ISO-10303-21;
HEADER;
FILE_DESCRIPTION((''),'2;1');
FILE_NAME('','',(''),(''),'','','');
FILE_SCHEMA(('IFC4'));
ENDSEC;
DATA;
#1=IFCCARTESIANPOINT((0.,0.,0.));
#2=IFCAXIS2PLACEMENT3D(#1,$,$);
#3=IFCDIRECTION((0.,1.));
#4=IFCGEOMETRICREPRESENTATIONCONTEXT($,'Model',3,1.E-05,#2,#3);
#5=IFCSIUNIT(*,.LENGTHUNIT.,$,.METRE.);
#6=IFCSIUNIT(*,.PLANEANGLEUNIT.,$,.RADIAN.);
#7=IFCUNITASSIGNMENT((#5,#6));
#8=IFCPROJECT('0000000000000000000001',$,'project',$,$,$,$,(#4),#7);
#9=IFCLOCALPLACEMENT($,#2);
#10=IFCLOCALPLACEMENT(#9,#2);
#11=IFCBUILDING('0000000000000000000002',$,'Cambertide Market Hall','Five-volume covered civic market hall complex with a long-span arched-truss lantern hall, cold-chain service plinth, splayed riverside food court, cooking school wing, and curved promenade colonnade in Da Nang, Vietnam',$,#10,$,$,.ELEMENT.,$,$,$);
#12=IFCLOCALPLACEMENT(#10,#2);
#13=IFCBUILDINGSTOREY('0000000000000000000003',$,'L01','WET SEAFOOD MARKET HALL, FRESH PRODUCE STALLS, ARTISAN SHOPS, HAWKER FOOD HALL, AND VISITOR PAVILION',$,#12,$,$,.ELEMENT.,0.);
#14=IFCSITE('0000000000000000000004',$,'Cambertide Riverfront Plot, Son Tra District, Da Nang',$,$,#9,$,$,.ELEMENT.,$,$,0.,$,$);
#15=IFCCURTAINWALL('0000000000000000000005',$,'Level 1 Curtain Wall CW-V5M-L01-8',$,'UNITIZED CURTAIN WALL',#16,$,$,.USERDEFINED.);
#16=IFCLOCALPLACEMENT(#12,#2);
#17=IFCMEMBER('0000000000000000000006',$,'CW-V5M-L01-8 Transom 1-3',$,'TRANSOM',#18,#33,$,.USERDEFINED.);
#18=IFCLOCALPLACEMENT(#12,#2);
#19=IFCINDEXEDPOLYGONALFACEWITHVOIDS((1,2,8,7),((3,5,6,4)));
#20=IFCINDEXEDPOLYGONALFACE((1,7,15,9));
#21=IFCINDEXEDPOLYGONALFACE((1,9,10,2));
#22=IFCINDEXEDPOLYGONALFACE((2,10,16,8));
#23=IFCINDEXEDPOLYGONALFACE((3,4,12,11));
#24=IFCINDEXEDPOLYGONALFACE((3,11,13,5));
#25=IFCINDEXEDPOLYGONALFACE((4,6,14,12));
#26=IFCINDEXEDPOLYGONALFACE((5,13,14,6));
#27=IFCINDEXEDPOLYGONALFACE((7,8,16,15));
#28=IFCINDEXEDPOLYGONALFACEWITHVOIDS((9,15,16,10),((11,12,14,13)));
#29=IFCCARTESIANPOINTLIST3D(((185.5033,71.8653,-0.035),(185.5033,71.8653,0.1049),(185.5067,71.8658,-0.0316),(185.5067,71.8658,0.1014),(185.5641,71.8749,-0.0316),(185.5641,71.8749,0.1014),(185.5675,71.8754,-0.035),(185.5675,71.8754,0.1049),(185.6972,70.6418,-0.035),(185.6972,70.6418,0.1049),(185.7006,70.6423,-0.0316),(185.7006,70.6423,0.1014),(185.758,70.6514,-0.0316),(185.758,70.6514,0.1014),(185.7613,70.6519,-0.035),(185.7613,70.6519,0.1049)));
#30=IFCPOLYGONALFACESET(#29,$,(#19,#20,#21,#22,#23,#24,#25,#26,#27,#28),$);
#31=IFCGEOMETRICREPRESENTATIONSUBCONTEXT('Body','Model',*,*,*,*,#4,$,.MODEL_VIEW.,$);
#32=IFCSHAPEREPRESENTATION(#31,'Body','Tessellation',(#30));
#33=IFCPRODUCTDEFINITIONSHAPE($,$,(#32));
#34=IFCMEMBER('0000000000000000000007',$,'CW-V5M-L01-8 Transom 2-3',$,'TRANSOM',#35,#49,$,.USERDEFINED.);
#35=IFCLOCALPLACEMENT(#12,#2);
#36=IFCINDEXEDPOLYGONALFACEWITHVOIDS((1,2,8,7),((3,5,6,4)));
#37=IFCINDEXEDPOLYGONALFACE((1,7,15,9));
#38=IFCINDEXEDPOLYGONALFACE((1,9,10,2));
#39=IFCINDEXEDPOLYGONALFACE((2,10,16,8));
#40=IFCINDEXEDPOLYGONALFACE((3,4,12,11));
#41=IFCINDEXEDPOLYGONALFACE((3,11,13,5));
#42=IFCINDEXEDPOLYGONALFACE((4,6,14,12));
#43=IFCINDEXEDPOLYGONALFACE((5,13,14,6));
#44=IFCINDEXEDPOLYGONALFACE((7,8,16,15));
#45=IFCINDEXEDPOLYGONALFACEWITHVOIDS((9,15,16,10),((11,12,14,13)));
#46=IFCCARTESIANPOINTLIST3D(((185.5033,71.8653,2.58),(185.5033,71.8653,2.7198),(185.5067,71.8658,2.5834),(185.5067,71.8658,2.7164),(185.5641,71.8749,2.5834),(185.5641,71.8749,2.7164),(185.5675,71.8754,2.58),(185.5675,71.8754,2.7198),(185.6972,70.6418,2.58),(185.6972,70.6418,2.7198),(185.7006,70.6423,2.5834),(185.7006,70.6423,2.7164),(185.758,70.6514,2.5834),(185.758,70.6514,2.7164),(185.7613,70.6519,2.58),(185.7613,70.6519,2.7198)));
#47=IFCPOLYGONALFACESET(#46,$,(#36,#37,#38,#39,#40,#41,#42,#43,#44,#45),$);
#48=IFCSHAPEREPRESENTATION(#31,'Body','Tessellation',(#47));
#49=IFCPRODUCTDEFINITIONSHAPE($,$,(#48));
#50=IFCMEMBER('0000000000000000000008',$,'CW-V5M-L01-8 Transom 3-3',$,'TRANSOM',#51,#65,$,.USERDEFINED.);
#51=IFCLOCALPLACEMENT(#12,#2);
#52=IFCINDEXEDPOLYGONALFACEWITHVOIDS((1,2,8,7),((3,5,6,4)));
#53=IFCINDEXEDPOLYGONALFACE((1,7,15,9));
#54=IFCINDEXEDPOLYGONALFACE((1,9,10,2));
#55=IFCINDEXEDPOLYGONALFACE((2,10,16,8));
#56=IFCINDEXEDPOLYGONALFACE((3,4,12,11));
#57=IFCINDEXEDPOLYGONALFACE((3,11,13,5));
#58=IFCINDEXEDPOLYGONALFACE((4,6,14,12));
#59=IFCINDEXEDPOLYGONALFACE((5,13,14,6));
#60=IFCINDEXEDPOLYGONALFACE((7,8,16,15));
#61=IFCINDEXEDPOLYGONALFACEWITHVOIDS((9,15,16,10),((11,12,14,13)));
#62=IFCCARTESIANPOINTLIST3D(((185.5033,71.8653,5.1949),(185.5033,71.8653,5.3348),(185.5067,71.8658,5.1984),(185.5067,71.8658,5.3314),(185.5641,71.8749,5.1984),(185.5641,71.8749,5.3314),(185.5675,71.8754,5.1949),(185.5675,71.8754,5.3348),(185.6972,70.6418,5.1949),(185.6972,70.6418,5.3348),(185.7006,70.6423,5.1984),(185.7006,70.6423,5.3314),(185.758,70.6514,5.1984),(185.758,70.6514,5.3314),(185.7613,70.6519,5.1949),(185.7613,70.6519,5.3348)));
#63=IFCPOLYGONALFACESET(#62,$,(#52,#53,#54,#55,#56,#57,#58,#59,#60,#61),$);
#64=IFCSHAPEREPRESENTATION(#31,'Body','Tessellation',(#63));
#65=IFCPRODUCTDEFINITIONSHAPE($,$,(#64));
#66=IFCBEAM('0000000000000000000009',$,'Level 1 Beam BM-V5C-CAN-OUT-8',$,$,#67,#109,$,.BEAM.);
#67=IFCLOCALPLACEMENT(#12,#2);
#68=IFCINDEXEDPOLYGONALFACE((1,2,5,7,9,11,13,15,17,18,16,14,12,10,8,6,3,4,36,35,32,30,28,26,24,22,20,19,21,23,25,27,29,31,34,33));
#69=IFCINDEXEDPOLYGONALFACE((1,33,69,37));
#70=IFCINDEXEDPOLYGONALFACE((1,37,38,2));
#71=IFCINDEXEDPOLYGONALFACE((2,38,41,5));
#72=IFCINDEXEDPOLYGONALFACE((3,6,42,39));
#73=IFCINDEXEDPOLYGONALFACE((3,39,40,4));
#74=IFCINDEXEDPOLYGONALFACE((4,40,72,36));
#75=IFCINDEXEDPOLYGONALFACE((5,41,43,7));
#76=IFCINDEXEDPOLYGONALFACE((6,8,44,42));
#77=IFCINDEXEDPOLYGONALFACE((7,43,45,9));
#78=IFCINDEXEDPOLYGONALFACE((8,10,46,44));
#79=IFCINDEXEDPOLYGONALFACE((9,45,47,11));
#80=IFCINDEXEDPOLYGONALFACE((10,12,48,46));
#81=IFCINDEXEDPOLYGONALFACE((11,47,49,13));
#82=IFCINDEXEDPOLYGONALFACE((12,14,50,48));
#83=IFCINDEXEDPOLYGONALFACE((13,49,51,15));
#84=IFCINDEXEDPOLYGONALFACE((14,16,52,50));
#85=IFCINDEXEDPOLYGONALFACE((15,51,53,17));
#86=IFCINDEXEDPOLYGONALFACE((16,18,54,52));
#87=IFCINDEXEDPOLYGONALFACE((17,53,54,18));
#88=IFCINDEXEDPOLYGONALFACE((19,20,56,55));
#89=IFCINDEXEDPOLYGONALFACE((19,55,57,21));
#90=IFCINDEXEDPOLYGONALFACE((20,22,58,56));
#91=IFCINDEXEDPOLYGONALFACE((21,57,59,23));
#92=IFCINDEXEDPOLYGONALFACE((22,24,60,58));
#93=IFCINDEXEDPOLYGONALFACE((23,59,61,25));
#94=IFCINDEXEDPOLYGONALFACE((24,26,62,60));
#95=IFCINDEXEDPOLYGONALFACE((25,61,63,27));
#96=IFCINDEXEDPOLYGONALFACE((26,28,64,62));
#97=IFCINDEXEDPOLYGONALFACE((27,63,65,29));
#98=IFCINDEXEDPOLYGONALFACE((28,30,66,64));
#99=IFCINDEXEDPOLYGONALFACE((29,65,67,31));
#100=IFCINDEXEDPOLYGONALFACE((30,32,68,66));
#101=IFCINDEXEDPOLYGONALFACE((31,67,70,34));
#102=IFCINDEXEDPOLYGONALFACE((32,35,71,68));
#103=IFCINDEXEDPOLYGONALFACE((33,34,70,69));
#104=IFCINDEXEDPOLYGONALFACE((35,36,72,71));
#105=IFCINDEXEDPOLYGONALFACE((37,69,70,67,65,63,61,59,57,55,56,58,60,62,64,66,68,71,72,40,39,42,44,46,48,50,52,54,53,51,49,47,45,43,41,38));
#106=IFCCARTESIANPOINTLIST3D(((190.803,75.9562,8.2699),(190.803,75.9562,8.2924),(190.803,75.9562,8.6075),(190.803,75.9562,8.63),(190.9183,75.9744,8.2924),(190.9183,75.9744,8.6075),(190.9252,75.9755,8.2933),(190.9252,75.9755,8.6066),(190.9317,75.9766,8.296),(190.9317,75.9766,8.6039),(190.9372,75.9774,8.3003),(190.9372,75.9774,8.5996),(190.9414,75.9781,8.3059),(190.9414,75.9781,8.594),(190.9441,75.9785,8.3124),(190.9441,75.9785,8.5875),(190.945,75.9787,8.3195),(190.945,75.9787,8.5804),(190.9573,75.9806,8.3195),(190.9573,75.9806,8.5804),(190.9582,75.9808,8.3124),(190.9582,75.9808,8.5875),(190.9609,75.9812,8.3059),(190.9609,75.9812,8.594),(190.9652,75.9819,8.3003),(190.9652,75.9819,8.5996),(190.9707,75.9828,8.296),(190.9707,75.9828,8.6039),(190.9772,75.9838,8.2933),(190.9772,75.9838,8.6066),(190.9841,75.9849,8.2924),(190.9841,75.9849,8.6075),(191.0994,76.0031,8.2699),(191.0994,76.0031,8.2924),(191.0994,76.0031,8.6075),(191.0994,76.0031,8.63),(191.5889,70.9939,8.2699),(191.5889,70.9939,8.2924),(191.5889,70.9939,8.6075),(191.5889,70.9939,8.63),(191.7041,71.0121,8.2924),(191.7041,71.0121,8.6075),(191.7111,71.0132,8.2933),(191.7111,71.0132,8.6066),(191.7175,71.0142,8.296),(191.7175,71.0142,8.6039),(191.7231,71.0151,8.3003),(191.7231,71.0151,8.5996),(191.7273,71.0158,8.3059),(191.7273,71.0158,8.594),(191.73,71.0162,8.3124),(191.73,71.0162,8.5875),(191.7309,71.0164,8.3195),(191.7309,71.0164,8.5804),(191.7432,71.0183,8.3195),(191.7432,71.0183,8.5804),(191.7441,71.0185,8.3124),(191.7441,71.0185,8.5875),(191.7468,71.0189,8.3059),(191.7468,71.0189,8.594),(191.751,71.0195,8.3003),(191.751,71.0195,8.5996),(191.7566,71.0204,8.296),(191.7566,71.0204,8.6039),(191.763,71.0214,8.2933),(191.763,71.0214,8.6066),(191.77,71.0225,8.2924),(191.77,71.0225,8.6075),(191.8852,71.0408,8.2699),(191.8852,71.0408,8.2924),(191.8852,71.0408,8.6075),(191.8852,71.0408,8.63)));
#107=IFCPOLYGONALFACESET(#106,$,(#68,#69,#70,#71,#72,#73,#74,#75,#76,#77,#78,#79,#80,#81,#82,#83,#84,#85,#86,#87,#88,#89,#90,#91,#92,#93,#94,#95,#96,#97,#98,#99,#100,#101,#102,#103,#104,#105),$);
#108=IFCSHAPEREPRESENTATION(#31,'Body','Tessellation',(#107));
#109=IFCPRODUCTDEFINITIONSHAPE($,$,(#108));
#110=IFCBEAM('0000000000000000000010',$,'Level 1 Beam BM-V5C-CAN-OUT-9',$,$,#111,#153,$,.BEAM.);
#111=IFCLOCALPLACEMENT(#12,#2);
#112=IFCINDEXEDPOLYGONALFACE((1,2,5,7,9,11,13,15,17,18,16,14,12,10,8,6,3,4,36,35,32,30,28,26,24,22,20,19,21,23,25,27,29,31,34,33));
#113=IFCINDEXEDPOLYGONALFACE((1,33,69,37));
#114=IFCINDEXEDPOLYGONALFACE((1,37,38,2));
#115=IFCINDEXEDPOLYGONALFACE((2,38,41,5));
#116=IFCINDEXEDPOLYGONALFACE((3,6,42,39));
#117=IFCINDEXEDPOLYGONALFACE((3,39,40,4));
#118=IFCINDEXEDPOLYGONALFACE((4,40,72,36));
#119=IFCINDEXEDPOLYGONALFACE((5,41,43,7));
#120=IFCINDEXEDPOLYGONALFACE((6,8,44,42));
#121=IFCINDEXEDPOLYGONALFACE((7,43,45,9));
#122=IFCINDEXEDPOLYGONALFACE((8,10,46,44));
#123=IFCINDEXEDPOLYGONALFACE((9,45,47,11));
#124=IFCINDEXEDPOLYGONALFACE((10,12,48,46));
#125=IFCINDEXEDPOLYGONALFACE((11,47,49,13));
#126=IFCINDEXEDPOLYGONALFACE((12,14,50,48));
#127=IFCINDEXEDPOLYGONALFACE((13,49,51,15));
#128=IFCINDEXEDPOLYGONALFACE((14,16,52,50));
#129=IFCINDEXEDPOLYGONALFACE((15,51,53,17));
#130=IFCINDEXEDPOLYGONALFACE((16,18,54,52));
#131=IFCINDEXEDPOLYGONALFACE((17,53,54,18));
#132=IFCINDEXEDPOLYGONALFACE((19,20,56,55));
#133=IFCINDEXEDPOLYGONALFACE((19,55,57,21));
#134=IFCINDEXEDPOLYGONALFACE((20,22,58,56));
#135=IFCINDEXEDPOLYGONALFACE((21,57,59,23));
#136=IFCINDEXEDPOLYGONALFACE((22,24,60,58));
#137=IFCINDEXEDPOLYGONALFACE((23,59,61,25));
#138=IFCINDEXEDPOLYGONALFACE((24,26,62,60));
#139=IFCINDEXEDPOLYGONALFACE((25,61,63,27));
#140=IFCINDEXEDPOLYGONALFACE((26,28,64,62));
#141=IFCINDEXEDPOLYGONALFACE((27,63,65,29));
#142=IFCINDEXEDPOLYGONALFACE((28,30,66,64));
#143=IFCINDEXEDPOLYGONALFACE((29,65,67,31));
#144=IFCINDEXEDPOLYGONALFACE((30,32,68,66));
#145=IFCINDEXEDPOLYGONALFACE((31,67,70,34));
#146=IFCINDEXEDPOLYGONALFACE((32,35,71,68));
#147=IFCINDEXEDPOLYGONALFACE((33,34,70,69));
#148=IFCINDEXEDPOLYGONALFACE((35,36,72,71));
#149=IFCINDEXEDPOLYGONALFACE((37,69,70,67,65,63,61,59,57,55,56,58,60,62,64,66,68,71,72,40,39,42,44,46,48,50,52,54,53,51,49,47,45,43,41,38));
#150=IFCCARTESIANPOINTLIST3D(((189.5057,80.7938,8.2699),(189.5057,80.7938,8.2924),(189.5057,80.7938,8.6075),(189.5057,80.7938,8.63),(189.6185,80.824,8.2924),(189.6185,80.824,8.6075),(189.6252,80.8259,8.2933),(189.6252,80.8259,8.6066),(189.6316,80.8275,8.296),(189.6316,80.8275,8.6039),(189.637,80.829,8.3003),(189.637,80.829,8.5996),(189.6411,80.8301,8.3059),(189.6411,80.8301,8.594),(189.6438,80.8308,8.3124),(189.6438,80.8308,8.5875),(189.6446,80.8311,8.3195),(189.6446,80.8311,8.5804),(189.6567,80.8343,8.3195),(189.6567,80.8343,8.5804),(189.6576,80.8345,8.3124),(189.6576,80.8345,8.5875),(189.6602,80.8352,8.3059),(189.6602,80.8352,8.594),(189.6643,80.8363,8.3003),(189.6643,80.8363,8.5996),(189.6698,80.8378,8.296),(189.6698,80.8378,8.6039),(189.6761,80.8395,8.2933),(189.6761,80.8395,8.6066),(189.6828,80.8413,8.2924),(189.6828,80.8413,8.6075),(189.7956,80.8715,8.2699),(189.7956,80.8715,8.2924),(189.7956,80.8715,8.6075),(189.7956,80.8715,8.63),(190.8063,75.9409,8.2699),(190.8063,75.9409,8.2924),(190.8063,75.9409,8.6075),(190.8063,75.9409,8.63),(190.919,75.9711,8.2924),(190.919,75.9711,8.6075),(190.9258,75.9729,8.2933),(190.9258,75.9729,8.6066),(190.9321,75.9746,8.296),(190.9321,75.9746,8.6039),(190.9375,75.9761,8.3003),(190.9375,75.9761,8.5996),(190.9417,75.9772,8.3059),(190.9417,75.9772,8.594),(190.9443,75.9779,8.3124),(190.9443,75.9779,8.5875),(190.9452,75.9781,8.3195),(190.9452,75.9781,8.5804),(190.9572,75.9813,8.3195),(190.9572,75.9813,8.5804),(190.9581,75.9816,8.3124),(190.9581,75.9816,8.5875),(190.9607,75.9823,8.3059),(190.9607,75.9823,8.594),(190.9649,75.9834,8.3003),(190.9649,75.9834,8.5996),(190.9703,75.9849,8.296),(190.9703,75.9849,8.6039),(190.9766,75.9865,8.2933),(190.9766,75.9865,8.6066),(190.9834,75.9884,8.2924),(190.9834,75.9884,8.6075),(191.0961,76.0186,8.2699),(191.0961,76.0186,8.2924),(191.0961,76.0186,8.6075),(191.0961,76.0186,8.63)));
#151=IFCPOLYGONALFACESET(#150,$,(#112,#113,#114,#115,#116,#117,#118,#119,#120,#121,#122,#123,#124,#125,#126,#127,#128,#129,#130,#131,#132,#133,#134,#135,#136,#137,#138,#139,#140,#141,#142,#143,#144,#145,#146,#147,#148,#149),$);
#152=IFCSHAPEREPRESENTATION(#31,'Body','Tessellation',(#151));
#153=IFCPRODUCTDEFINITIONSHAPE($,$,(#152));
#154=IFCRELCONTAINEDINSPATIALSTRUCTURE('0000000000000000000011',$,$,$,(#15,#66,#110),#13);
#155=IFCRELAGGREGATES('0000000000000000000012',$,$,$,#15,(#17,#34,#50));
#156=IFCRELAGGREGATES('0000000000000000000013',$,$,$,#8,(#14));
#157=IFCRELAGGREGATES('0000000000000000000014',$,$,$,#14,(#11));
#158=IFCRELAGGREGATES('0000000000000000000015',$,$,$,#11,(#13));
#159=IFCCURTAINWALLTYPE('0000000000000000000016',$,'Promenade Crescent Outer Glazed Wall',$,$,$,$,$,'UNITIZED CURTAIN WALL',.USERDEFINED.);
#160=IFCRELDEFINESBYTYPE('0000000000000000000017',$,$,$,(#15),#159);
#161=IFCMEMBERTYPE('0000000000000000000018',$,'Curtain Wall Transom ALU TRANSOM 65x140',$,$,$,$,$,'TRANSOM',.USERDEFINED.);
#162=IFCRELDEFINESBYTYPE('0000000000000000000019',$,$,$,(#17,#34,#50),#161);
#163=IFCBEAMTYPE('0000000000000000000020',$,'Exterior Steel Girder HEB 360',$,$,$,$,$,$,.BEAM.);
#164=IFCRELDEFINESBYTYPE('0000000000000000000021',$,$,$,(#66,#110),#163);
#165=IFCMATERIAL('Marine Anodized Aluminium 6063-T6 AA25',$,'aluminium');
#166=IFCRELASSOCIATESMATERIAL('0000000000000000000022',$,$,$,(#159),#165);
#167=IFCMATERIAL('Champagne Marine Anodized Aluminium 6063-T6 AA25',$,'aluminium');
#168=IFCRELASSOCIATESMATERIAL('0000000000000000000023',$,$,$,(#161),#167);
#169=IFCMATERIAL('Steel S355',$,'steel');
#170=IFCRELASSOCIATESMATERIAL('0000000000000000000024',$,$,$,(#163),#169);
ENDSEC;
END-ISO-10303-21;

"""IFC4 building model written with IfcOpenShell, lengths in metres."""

from ifc_helpers import new_model, si_unit, direction, frame, origin, origin_2d, place, context, subcontext, project, spatial, hollow_rectangle, i_section, extrude, material, material_profile, profile_set, type_object, element, aggregate, save


model = new_model("IFC4")

# Units and contexts
model_context = context("Model", 3, precision=1e-05, world=origin(), true_north=direction((0.0, 1.0)))
body_context = subcontext(model_context, "Body", "Model", "MODEL_VIEW")
ifc_project = project(units=[si_unit("LENGTHUNIT", "METRE"), si_unit("PLANEANGLEUNIT", "RADIAN")], contexts=[model_context])

# Site, building, storey
site_placement = place(None, origin())
site = spatial("IfcSite", under=ifc_project, at=site_placement, Name="Cambertide Riverfront Plot, Son Tra District, Da Nang", CompositionType="ELEMENT", RefElevation=0.0)
building_placement = place(site_placement, origin())
building = spatial("IfcBuilding", under=site, at=building_placement, Name="Cambertide Market Hall", Description="Five-volume covered civic market hall complex with a long-span arched-truss lantern hall, cold-chain service plinth, splayed riverside food court, cooking school wing, and curved promenade colonnade in Da Nang, Vietnam", CompositionType="ELEMENT")
storey_placement = place(building_placement, origin())
storey = spatial("IfcBuildingStorey", under=building, at=storey_placement, Name="L01", Description="WET SEAFOOD MARKET HALL, FRESH PRODUCE STALLS, ARTISAN SHOPS, HAWKER FOOD HALL, AND VISITOR PAVILION", CompositionType="ELEMENT", Elevation=0.0)

# Curtain wall, members
ifc_material_1 = material(Name="Marine Anodized Aluminium 6063-T6 AA25", Category="aluminium")
curtain_wall_type = type_object("IfcCurtainWallType", Name="Promenade Crescent Outer Glazed Wall", ElementType="UNITIZED CURTAIN WALL", PredefinedType="USERDEFINED", material=ifc_material_1)
curtain_wall_placement = place(storey_placement, origin())
curtain_wall = element("IfcCurtainWall", 1, at=curtain_wall_placement, inside=storey, type_object=curtain_wall_type, Name="Level 1 Curtain Wall CW-V5M-L01-8", ObjectType="UNITIZED CURTAIN WALL", PredefinedType="USERDEFINED")
ifc_material_2 = material(Name="Champagne Marine Anodized Aluminium 6063-T6 AA25", Category="aluminium")
ifc_material_profile_1 = material_profile(ifc_material_2, hollow_rectangle(XDim=0.0649, YDim=0.1399, WallThickness=0.0034, at=origin_2d()), Name="ALU TRANSOM 65x140")
ifc_profile_set_1 = profile_set([ifc_material_profile_1], Name="Champagne Marine Anodized Aluminium 6063-T6 AA25")
member_type_1 = type_object("IfcMemberType", Name="Curtain Wall Transom ALU TRANSOM 65x140", ElementType="TRANSOM", PredefinedType="USERDEFINED", material=ifc_profile_set_1)
member_1_placement = place(storey_placement, frame((185.5354, 71.8704, 0.0349), z_axis=(0.156499, -0.987678, 0.0), x_axis=(0.987678, 0.156499, 0.0)))
member_1 = element("IfcMember", 2, at=member_1_placement, type_object=member_type_1, Name="CW-V5M-L01-8 Transom 1-3", ObjectType="TRANSOM", PredefinedType="USERDEFINED", context=body_context, shape_type="SweptSolid", body=[
    extrude(hollow_rectangle(XDim=0.0649, YDim=0.1399, WallThickness=0.0034, at=origin_2d()), origin(), (0.0, 0.0, 1.0), 1.2388),
])
member_2_placement = place(storey_placement, frame((185.5354, 71.8704, 2.6499), z_axis=(0.156499, -0.987678, 0.0), x_axis=(0.987678, 0.156499, 0.0)))
member_2 = element("IfcMember", 3, at=member_2_placement, type_object=member_type_1, Name="CW-V5M-L01-8 Transom 2-3", ObjectType="TRANSOM", PredefinedType="USERDEFINED", context=body_context, shape_type="SweptSolid", body=[
    extrude(hollow_rectangle(XDim=0.0649, YDim=0.1399, WallThickness=0.0034, at=origin_2d()), origin(), (0.0, 0.0, 1.0), 1.2388),
])
member_3_placement = place(storey_placement, frame((185.5354, 71.8704, 5.2649), z_axis=(0.156499, -0.987678, 0.0), x_axis=(0.987678, 0.156499, 0.0)))
member_3 = element("IfcMember", 4, at=member_3_placement, type_object=member_type_1, Name="CW-V5M-L01-8 Transom 3-3", ObjectType="TRANSOM", PredefinedType="USERDEFINED", context=body_context, shape_type="SweptSolid", body=[
    extrude(hollow_rectangle(XDim=0.0649, YDim=0.1399, WallThickness=0.0034, at=origin_2d()), origin(), (0.0, 0.0, 1.0), 1.2388),
])

# Beams
ifc_material_3 = material(Name="Steel S355", Category="steel")
ifc_material_profile_2 = material_profile(ifc_material_3, i_section(OverallWidth=0.3, OverallDepth=0.3601, WebThickness=0.0125, FlangeThickness=0.0225, FilletRadius=0.0271, at=origin_2d()), Name="HEB 360")
ifc_profile_set_2 = profile_set([ifc_material_profile_2], Name="Steel S355")
beam_type_1 = type_object("IfcBeamType", Name="Exterior Steel Girder HEB 360", PredefinedType="BEAM", material=ifc_profile_set_2)
for number, where, z_axis, x_axis, name in (
    (5, (191.7371, 71.0173, 8.45), (-0.156419, 0.987691, 0.0), (-0.987691, -0.156419, 0.0), "Level 1 Beam BM-V5C-CAN-OUT-8"),
    (6, (190.9512, 75.9797, 8.45), (-0.258851, 0.965917, 0.0), (-0.965917, -0.258851, 0.0), "Level 1 Beam BM-V5C-CAN-OUT-9"),
):
    element("IfcBeam", number, at=place(storey_placement, frame(where, z_axis=z_axis, x_axis=x_axis)), inside=storey, type_object=beam_type_1, Name=name, PredefinedType="BEAM", context=body_context, shape_type="SweptSolid", body=[
        extrude(i_section(OverallWidth=0.3, OverallDepth=0.3601, WebThickness=0.0125, FlangeThickness=0.0225, FilletRadius=0.0271, at=origin_2d()), origin(), (0.0, 0.0, 1.0), 5.0242),
    ])

aggregate(curtain_wall, [member_1, member_2, member_3])

save(model, "model.ifc")
